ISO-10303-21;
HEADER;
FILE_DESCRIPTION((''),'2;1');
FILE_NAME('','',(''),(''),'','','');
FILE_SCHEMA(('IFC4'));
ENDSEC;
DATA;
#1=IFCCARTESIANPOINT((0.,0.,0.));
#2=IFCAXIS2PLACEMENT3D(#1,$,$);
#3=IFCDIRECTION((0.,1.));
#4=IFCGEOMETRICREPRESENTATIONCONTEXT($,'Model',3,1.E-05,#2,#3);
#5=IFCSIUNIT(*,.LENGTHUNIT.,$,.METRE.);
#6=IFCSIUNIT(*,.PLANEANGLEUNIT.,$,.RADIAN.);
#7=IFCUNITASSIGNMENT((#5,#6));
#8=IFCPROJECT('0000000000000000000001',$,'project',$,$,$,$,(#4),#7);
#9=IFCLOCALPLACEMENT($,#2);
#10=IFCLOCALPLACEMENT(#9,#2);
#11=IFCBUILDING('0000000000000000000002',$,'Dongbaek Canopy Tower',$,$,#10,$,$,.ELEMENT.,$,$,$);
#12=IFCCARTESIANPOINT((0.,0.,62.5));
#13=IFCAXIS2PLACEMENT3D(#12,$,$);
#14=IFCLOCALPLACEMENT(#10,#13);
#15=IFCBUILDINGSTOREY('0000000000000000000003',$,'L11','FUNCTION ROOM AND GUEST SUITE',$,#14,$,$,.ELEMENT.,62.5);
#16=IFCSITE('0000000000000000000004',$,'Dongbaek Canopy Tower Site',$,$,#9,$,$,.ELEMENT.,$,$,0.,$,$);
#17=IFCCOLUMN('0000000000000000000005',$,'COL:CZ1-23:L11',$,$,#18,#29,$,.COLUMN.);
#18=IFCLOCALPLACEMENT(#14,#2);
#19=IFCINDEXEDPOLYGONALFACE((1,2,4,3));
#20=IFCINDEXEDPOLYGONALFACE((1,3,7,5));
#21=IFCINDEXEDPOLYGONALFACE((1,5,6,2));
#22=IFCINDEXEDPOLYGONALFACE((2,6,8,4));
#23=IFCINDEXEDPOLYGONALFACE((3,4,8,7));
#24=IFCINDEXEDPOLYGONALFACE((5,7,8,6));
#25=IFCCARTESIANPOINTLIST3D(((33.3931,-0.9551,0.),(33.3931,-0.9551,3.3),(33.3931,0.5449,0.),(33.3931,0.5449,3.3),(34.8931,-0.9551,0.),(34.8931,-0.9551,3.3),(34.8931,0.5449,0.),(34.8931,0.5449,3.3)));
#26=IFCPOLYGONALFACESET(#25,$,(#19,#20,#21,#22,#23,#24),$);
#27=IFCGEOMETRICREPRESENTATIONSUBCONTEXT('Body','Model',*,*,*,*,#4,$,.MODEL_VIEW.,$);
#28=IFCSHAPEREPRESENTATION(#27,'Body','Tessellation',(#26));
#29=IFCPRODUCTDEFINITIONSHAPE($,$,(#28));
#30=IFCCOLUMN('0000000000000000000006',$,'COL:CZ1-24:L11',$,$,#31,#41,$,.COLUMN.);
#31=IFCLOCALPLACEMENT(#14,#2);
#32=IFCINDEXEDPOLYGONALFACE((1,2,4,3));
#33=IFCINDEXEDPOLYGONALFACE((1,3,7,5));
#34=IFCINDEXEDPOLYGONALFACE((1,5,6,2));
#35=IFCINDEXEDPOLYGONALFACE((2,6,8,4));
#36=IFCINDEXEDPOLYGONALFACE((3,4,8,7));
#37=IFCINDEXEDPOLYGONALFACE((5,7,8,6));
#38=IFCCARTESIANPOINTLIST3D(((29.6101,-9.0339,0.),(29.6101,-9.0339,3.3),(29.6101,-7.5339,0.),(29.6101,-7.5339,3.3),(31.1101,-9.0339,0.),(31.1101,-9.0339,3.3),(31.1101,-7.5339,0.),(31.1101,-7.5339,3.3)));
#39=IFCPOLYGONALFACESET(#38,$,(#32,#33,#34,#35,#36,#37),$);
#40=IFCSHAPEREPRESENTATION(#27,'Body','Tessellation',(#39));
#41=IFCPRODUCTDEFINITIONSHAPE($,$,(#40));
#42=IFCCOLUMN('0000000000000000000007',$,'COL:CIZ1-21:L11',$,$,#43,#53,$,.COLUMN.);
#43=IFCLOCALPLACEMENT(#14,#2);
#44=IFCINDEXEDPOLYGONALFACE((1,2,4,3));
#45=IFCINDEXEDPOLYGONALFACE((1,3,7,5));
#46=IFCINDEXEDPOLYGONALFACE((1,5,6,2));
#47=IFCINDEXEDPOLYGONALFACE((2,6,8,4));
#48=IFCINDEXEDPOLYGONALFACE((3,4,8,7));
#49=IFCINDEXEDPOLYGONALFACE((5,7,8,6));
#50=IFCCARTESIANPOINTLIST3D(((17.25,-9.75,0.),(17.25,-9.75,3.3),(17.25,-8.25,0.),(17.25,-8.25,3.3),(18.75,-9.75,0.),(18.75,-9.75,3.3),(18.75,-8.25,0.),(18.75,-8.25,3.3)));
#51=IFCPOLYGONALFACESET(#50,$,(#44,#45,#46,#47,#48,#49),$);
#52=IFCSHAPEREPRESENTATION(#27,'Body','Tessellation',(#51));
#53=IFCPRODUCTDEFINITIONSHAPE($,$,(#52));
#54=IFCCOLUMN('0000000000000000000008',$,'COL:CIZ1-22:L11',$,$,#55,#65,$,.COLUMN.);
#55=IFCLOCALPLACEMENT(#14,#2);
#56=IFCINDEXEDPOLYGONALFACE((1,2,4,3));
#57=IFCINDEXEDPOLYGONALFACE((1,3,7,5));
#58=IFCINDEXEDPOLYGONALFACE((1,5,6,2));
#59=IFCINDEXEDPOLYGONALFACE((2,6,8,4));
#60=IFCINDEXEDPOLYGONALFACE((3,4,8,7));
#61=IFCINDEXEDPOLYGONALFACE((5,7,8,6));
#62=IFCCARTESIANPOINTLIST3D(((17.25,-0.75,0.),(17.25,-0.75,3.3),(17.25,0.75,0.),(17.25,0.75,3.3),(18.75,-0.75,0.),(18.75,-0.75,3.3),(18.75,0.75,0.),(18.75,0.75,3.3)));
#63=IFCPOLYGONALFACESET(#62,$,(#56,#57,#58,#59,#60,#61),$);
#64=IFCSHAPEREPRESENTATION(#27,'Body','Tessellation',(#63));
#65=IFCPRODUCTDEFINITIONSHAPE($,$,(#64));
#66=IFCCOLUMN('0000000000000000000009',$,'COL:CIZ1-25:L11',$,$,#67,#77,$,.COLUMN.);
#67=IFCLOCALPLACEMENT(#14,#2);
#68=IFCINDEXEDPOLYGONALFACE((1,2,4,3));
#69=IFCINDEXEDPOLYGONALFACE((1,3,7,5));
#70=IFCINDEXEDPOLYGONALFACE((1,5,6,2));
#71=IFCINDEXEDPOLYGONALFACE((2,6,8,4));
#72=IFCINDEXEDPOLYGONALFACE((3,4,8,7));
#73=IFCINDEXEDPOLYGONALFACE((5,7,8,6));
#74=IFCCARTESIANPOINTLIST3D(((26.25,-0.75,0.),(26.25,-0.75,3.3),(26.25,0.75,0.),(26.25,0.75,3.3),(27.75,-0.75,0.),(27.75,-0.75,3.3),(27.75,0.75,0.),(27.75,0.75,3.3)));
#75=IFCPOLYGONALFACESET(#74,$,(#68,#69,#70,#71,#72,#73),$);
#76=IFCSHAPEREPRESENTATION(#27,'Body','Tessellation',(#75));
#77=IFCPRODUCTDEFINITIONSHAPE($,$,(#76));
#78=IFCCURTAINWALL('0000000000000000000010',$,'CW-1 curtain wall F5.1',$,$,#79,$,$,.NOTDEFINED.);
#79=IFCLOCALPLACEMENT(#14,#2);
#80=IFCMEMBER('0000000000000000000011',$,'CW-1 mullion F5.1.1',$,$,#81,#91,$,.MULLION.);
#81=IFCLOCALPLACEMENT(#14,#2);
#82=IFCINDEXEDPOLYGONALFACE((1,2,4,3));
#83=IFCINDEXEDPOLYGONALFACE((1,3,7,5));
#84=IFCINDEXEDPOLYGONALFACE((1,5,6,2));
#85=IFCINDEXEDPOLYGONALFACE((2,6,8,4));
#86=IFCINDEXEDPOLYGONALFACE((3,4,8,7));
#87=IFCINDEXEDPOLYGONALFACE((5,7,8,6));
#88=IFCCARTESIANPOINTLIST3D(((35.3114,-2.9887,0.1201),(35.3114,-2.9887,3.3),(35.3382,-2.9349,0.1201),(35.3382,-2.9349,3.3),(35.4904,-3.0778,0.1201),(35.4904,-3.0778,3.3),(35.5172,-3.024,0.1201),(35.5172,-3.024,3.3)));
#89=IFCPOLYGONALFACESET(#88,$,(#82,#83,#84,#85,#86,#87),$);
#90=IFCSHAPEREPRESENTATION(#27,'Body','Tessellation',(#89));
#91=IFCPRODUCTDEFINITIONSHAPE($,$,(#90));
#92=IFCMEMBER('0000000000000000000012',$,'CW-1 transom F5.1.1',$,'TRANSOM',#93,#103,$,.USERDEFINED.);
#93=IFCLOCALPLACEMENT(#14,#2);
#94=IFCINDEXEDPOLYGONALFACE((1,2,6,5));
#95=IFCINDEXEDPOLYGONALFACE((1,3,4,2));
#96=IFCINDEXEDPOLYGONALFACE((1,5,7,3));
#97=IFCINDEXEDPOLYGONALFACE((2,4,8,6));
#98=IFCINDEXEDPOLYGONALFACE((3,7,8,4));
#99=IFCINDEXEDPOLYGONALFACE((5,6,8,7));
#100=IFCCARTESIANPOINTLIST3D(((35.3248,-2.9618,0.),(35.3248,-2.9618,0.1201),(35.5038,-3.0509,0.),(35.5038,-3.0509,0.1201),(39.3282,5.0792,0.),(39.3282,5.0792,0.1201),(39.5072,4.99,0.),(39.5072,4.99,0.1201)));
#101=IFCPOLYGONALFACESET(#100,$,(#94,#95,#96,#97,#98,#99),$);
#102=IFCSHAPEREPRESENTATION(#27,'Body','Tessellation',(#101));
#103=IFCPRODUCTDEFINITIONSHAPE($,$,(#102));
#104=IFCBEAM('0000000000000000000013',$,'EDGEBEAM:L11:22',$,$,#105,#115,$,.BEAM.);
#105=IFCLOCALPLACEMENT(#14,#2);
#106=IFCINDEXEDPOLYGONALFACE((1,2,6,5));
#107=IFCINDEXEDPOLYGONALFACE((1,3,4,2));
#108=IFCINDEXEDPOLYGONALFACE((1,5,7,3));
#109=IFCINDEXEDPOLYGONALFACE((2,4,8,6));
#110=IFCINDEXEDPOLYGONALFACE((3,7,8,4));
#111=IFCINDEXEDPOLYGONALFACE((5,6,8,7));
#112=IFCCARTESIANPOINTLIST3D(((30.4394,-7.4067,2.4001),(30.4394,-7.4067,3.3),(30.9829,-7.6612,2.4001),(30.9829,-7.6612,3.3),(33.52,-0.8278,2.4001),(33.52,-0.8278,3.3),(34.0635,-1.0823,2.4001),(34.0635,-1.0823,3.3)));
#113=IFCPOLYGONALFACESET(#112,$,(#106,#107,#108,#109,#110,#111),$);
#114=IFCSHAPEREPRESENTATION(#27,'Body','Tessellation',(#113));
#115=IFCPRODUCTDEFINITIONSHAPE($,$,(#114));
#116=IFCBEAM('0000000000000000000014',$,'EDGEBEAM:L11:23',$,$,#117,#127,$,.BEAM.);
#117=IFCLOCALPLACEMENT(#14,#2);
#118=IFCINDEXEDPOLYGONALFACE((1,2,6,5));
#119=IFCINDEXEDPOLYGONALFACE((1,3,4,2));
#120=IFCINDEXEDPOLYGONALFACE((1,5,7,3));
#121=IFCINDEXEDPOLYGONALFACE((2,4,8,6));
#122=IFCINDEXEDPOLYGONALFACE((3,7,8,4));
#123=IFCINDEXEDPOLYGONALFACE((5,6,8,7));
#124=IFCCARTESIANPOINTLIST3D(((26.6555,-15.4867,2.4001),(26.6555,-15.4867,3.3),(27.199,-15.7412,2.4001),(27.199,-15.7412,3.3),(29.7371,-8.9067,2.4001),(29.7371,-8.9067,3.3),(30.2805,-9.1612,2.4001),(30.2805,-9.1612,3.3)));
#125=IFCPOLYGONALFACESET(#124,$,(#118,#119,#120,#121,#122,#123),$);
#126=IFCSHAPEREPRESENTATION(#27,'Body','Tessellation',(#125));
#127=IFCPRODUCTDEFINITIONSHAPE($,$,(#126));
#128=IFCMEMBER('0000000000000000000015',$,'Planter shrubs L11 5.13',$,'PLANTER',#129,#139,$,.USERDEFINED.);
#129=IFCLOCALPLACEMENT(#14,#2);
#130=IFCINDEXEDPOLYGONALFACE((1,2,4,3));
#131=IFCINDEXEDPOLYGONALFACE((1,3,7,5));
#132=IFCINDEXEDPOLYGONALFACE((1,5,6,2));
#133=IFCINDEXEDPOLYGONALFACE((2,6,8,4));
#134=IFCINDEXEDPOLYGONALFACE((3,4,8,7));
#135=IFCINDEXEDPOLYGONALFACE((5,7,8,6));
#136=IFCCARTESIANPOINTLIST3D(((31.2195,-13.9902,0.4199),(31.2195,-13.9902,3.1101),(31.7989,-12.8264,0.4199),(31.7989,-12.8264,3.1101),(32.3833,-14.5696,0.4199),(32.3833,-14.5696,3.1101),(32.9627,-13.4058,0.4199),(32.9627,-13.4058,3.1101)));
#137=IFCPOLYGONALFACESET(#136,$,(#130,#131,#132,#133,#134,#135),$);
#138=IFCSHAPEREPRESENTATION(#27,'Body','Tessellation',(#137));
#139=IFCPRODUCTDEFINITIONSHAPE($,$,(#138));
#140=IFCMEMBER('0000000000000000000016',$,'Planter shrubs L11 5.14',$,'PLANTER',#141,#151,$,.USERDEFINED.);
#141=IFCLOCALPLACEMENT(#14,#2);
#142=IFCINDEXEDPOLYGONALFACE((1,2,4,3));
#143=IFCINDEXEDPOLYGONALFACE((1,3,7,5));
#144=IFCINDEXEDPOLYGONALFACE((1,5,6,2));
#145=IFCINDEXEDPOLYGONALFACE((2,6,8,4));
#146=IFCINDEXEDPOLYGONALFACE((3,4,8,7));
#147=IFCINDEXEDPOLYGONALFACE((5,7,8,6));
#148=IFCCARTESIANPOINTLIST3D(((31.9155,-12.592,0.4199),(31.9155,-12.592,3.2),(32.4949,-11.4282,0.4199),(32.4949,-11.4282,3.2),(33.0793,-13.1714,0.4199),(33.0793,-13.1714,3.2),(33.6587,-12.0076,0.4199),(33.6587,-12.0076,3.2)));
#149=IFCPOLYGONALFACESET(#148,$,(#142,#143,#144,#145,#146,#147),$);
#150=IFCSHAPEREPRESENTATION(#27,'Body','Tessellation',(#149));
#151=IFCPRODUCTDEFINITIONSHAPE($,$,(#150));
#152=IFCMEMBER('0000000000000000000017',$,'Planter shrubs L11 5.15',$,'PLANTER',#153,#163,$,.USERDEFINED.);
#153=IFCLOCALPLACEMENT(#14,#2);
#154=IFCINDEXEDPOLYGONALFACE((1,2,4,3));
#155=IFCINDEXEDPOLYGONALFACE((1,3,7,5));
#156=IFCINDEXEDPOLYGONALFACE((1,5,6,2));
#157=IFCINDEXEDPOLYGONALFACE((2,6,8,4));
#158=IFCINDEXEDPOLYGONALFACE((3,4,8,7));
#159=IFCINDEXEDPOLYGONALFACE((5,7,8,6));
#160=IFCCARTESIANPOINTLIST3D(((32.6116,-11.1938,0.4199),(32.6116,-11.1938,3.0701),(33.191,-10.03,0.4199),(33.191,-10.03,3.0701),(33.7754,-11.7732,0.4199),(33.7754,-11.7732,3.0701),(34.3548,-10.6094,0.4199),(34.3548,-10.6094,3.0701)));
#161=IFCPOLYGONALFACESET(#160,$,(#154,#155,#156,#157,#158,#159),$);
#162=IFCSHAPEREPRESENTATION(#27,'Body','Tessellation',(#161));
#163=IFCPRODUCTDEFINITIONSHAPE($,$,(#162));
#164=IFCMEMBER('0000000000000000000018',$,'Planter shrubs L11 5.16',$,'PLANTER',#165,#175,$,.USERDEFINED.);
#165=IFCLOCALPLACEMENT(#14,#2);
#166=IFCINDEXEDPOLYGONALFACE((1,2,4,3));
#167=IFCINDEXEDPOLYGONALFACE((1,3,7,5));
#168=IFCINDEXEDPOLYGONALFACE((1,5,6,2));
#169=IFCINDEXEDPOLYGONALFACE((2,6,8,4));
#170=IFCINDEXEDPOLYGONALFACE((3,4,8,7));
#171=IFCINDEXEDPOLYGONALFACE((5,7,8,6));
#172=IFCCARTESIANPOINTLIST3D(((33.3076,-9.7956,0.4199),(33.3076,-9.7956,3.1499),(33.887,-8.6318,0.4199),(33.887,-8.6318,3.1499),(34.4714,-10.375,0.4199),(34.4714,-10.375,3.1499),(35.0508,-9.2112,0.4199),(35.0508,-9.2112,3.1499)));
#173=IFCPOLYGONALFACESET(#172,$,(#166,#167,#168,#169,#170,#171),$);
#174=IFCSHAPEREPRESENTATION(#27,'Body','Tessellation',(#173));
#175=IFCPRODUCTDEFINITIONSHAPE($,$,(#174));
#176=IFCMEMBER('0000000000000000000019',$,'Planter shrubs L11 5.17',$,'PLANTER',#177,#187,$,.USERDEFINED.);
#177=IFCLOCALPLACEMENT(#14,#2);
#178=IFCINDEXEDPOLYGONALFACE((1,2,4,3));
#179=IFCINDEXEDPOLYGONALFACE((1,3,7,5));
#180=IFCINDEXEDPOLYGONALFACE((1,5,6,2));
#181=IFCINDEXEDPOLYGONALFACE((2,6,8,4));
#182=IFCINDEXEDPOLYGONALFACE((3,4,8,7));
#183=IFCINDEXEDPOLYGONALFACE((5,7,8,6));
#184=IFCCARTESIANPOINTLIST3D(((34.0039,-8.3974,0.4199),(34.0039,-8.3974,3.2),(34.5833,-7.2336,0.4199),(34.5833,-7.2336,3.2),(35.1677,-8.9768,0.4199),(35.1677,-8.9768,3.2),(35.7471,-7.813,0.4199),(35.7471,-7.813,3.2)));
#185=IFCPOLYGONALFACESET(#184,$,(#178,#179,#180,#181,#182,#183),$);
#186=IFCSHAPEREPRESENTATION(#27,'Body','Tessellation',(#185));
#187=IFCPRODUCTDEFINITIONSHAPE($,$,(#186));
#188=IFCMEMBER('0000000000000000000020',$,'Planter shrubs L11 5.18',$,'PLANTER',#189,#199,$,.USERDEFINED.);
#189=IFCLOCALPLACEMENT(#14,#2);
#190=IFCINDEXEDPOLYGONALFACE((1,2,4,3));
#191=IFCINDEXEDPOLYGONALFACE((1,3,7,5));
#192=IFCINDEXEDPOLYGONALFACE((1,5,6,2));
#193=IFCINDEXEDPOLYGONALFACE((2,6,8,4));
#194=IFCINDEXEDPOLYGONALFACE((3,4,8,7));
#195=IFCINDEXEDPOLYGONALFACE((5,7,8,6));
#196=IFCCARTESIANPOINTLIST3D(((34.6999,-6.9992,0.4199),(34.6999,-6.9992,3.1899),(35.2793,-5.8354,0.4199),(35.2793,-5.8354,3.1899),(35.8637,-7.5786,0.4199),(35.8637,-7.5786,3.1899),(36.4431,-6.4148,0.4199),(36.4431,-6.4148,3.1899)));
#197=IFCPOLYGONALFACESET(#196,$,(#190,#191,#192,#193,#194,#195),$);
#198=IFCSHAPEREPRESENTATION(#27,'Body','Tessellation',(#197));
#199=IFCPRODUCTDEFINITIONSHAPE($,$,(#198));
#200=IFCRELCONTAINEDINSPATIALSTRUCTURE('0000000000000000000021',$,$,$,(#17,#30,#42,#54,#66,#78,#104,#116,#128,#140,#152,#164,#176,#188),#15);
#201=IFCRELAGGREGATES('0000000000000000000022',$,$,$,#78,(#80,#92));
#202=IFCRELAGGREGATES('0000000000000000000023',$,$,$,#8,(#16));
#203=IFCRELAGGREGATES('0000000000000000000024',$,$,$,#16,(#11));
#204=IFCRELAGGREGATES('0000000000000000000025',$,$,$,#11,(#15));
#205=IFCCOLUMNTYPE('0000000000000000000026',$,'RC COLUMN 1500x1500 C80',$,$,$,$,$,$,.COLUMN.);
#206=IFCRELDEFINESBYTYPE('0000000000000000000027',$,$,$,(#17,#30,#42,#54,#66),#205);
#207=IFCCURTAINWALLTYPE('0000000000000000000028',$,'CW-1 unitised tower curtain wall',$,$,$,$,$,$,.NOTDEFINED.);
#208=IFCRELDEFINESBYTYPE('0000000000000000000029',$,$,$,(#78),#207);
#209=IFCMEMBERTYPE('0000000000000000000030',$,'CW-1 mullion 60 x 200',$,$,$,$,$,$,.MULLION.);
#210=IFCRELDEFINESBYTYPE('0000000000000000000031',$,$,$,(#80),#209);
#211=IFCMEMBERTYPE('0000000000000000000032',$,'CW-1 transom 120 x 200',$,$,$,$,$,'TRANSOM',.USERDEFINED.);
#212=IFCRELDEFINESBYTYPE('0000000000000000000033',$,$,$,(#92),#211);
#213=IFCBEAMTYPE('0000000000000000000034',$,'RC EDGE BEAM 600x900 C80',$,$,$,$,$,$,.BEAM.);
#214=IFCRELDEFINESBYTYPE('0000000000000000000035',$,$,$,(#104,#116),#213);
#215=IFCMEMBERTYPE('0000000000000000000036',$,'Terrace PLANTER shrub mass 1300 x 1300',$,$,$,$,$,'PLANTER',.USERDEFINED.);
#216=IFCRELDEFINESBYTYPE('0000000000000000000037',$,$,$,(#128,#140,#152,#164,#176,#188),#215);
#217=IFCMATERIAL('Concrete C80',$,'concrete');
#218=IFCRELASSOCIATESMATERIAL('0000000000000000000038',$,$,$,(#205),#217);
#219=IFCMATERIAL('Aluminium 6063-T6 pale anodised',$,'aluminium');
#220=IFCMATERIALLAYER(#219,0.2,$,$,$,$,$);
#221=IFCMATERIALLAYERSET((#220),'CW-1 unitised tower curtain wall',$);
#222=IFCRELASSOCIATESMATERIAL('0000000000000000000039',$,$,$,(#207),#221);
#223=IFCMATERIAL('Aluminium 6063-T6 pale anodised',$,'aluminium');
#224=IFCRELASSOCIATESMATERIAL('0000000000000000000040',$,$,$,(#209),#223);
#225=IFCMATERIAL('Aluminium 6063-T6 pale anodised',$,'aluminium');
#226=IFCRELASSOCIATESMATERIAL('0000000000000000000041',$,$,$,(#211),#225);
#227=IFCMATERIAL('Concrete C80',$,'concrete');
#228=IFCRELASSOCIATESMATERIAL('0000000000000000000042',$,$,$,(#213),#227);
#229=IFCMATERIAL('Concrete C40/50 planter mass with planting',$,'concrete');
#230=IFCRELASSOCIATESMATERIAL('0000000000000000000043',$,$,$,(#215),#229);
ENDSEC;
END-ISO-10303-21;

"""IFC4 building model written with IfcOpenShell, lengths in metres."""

from ifc_helpers import new_model, si_unit, direction, frame, origin, origin_2d, place, context, subcontext, project, spatial, rectangle, extrude, material, layer, layer_set, material_profile, profile_set, type_object, element, aggregate, save


model = new_model("IFC4")

# Units and contexts
model_context = context("Model", 3, precision=1e-05, world=origin(), true_north=direction((0.0, 1.0)))
body_context = subcontext(model_context, "Body", "Model", "MODEL_VIEW")
ifc_project = project(units=[si_unit("LENGTHUNIT", "METRE"), si_unit("PLANEANGLEUNIT", "RADIAN")], contexts=[model_context])

# Site, building, storey
site_placement = place(None, origin())
site = spatial("IfcSite", under=ifc_project, at=site_placement, Name="Dongbaek Canopy Tower Site", CompositionType="ELEMENT", RefElevation=0.0)
building_placement = place(site_placement, origin())
building = spatial("IfcBuilding", under=site, at=building_placement, Name="Dongbaek Canopy Tower", CompositionType="ELEMENT")
storey_placement = place(building_placement, frame((0.0, 0.0, 62.5)))
storey = spatial("IfcBuildingStorey", under=building, at=storey_placement, Name="L11", Description="FUNCTION ROOM AND GUEST SUITE", CompositionType="ELEMENT", Elevation=62.5)

# Columns
ifc_material_1 = material(Name="Concrete C80", Category="concrete")
ifc_material_profile_1 = material_profile(ifc_material_1, rectangle(XDim=1.5, YDim=1.5, at=origin_2d()), Name="RC COLUMN 1500x1500 C80")
ifc_profile_set_1 = profile_set([ifc_material_profile_1], Name="Concrete C80")
column_type = type_object("IfcColumnType", Name="RC COLUMN 1500x1500 C80", PredefinedType="COLUMN", material=ifc_profile_set_1)
for number, where, z_axis, x_axis, name in (
    (1, (34.1431, -0.2051, 0.0), (0.0, 0.0, 1.0), (1.0, 0.0, 0.0), "COL:CZ1-23:L11"),
    (2, (30.3601, -8.2839, 0.0), (0.0, 0.0, 1.0), (1.0, 0.0, 0.0), "COL:CZ1-24:L11"),
    (3, (18.0, -9.0, 0.0), (0.0, 0.0, 1.0), (1.0, 0.0, 0.0), "COL:CIZ1-21:L11"),
    (4, (18.0, 0.0, 0.0), (0.0, 0.0, 1.0), (1.0, 0.0, 0.0), "COL:CIZ1-22:L11"),
    (5, (27.0, 0.0, 0.0), (0.0, 0.0, 1.0), (1.0, 0.0, 0.0), "COL:CIZ1-25:L11"),
):
    element("IfcColumn", number, at=place(storey_placement, frame(where, z_axis=z_axis, x_axis=x_axis)), inside=storey, type_object=column_type, Name=name, PredefinedType="COLUMN", context=body_context, shape_type="SweptSolid", body=[
        extrude(rectangle(XDim=1.5, YDim=1.5, at=origin_2d()), origin(), (0.0, 0.0, 1.0), 3.3),
    ])

# Curtain wall, members
ifc_material_2 = material(Name="Aluminium 6063-T6 pale anodised", Category="aluminium")
ifc_layer_1 = layer(ifc_material_2, 0.2)
ifc_layer_set_1 = layer_set([ifc_layer_1], Name="CW-1 unitised tower curtain wall")
curtain_wall_type = type_object("IfcCurtainWallType", Name="CW-1 unitised tower curtain wall", PredefinedType="NOTDEFINED", material=ifc_layer_set_1)
curtain_wall_placement = place(storey_placement, origin())
curtain_wall = element("IfcCurtainWall", 6, at=curtain_wall_placement, inside=storey, type_object=curtain_wall_type, Name="CW-1 curtain wall F5.1", PredefinedType="NOTDEFINED")
ifc_material_3 = material(Name="Aluminium 6063-T6 pale anodised", Category="aluminium")
ifc_material_profile_2 = material_profile(ifc_material_3, rectangle(XDim=0.2, YDim=0.0601, at=origin_2d()), Name="CW-1 mullion 60 x 200")
ifc_profile_set_2 = profile_set([ifc_material_profile_2], Name="Aluminium 6063-T6 pale anodised")
member_type_1 = type_object("IfcMemberType", Name="CW-1 mullion 60 x 200", PredefinedType="MULLION", material=ifc_profile_set_2)
member_1_placement = place(storey_placement, frame((35.4143, -3.0063, 0.1201), z_axis=(0.0, 0.0, 1.0), x_axis=(0.895193, -0.445678, 0.0)))
member_1 = element("IfcMember", 7, at=member_1_placement, type_object=member_type_1, Name="CW-1 mullion F5.1.1", PredefinedType="MULLION", context=body_context, shape_type="SweptSolid", body=[
    extrude(rectangle(XDim=0.2, YDim=0.0601, at=origin_2d()), origin(), (0.0, 0.0, 1.0), 3.1799),
])
ifc_material_4 = material(Name="Aluminium 6063-T6 pale anodised", Category="aluminium")
ifc_material_profile_3 = material_profile(ifc_material_4, rectangle(XDim=0.2, YDim=0.1201, at=origin_2d()), Name="CW-1 transom 120 x 200")
ifc_profile_set_3 = profile_set([ifc_material_profile_3], Name="Aluminium 6063-T6 pale anodised")
member_type_2 = type_object("IfcMemberType", Name="CW-1 transom 120 x 200", ElementType="TRANSOM", PredefinedType="USERDEFINED", material=ifc_profile_set_3)
member_2_placement = place(storey_placement, frame((35.4143, -3.0063, 0.0601), z_axis=(0.445691, 0.895187, 0.0), x_axis=(-0.895187, 0.445691, 0.0)))
member_2 = element("IfcMember", 8, at=member_2_placement, type_object=member_type_2, Name="CW-1 transom F5.1.1", ObjectType="TRANSOM", PredefinedType="USERDEFINED", context=body_context, shape_type="SweptSolid", body=[
    extrude(rectangle(XDim=0.2, YDim=0.1201, at=origin_2d()), origin(), (0.0, 0.0, 1.0), 8.9824),
])

# Beams
ifc_material_5 = material(Name="Concrete C80", Category="concrete")
ifc_material_profile_4 = material_profile(ifc_material_5, rectangle(XDim=0.6001, YDim=0.8999, at=origin_2d()), Name="RC EDGE BEAM 600x900 C80")
ifc_profile_set_4 = profile_set([ifc_material_profile_4], Name="Concrete C80")
beam_type = type_object("IfcBeamType", Name="RC EDGE BEAM 600x900 C80", PredefinedType="BEAM", material=ifc_profile_set_4)
beam_1_placement = place(storey_placement, frame((33.7917, -0.9551, 2.8501), z_axis=(-0.424064, -0.905632, 0.0), x_axis=(0.905632, -0.424064, 0.0)))
element("IfcBeam", 9, at=beam_1_placement, inside=storey, type_object=beam_type, Name="EDGEBEAM:L11:22", PredefinedType="BEAM", context=body_context, shape_type="SweptSolid", body=[
    extrude(rectangle(XDim=0.6001, YDim=0.8999, at=origin_2d()), origin(), (0.0, 0.0, 1.0), 7.2644),
])
beam_2_placement = place(storey_placement, frame((30.0088, -9.0339, 2.8501), z_axis=(-0.42411, -0.905611, 0.0), x_axis=(0.905611, -0.42411, 0.0)))
element("IfcBeam", 10, at=beam_2_placement, inside=storey, type_object=beam_type, Name="EDGEBEAM:L11:23", PredefinedType="BEAM", context=body_context, shape_type="SweptSolid", body=[
    extrude(rectangle(XDim=0.6001, YDim=0.8999, at=origin_2d()), origin(), (0.0, 0.0, 1.0), 7.2659),
])

# Members
ifc_material_6 = material(Name="Concrete C40/50 planter mass with planting", Category="concrete")
ifc_material_profile_5 = material_profile(ifc_material_6, rectangle(XDim=1.3, YDim=1.3, at=origin_2d()), Name="Terrace PLANTER shrub mass 1300 x 1300")
ifc_profile_set_5 = profile_set([ifc_material_profile_5], Name="Concrete C40/50 planter mass with planting")
member_type_3 = type_object("IfcMemberType", Name="Terrace PLANTER shrub mass 1300 x 1300", ElementType="PLANTER", PredefinedType="USERDEFINED", material=ifc_profile_set_5)
member_3_placement = place(storey_placement, frame((32.0911, -13.698, 0.4199), z_axis=(0.0, 0.0, 1.0), x_axis=(0.895193, -0.445678, 0.0)))
element("IfcMember", 11, at=member_3_placement, inside=storey, type_object=member_type_3, Name="Planter shrubs L11 5.13", ObjectType="PLANTER", PredefinedType="USERDEFINED", context=body_context, shape_type="SweptSolid", body=[
    extrude(rectangle(XDim=1.3, YDim=1.3, at=origin_2d()), origin(), (0.0, 0.0, 1.0), 2.6902),
])
member_4_placement = place(storey_placement, frame((32.7871, -12.2998, 0.4199), z_axis=(0.0, 0.0, 1.0), x_axis=(0.895193, -0.445678, 0.0)))
element("IfcMember", 12, at=member_4_placement, inside=storey, type_object=member_type_3, Name="Planter shrubs L11 5.14", ObjectType="PLANTER", PredefinedType="USERDEFINED", context=body_context, shape_type="SweptSolid", body=[
    extrude(rectangle(XDim=1.3, YDim=1.3, at=origin_2d()), origin(), (0.0, 0.0, 1.0), 2.78),
])
member_5_placement = place(storey_placement, frame((33.4832, -10.9016, 0.4199), z_axis=(0.0, 0.0, 1.0), x_axis=(0.895193, -0.445678, 0.0)))
element("IfcMember", 13, at=member_5_placement, inside=storey, type_object=member_type_3, Name="Planter shrubs L11 5.15", ObjectType="PLANTER", PredefinedType="USERDEFINED", context=body_context, shape_type="SweptSolid", body=[
    extrude(rectangle(XDim=1.3, YDim=1.3, at=origin_2d()), origin(), (0.0, 0.0, 1.0), 2.6501),
])
member_6_placement = place(storey_placement, frame((34.1792, -9.5034, 0.4199), z_axis=(0.0, 0.0, 1.0), x_axis=(0.895193, -0.445678, 0.0)))
element("IfcMember", 14, at=member_6_placement, inside=storey, type_object=member_type_3, Name="Planter shrubs L11 5.16", ObjectType="PLANTER", PredefinedType="USERDEFINED", context=body_context, shape_type="SweptSolid", body=[
    extrude(rectangle(XDim=1.3, YDim=1.3, at=origin_2d()), origin(), (0.0, 0.0, 1.0), 2.73),
])
member_7_placement = place(storey_placement, frame((34.8755, -8.1052, 0.4199), z_axis=(0.0, 0.0, 1.0), x_axis=(0.895193, -0.445678, 0.0)))
element("IfcMember", 15, at=member_7_placement, inside=storey, type_object=member_type_3, Name="Planter shrubs L11 5.17", ObjectType="PLANTER", PredefinedType="USERDEFINED", context=body_context, shape_type="SweptSolid", body=[
    extrude(rectangle(XDim=1.3, YDim=1.3, at=origin_2d()), origin(), (0.0, 0.0, 1.0), 2.78),
])
member_8_placement = place(storey_placement, frame((35.5715, -6.707, 0.4199), z_axis=(0.0, 0.0, 1.0), x_axis=(0.895193, -0.445678, 0.0)))
element("IfcMember", 16, at=member_8_placement, inside=storey, type_object=member_type_3, Name="Planter shrubs L11 5.18", ObjectType="PLANTER", PredefinedType="USERDEFINED", context=body_context, shape_type="SweptSolid", body=[
    extrude(rectangle(XDim=1.3, YDim=1.3, at=origin_2d()), origin(), (0.0, 0.0, 1.0), 2.77),
])

aggregate(curtain_wall, [member_1, member_2])

save(model, "model.ifc")
